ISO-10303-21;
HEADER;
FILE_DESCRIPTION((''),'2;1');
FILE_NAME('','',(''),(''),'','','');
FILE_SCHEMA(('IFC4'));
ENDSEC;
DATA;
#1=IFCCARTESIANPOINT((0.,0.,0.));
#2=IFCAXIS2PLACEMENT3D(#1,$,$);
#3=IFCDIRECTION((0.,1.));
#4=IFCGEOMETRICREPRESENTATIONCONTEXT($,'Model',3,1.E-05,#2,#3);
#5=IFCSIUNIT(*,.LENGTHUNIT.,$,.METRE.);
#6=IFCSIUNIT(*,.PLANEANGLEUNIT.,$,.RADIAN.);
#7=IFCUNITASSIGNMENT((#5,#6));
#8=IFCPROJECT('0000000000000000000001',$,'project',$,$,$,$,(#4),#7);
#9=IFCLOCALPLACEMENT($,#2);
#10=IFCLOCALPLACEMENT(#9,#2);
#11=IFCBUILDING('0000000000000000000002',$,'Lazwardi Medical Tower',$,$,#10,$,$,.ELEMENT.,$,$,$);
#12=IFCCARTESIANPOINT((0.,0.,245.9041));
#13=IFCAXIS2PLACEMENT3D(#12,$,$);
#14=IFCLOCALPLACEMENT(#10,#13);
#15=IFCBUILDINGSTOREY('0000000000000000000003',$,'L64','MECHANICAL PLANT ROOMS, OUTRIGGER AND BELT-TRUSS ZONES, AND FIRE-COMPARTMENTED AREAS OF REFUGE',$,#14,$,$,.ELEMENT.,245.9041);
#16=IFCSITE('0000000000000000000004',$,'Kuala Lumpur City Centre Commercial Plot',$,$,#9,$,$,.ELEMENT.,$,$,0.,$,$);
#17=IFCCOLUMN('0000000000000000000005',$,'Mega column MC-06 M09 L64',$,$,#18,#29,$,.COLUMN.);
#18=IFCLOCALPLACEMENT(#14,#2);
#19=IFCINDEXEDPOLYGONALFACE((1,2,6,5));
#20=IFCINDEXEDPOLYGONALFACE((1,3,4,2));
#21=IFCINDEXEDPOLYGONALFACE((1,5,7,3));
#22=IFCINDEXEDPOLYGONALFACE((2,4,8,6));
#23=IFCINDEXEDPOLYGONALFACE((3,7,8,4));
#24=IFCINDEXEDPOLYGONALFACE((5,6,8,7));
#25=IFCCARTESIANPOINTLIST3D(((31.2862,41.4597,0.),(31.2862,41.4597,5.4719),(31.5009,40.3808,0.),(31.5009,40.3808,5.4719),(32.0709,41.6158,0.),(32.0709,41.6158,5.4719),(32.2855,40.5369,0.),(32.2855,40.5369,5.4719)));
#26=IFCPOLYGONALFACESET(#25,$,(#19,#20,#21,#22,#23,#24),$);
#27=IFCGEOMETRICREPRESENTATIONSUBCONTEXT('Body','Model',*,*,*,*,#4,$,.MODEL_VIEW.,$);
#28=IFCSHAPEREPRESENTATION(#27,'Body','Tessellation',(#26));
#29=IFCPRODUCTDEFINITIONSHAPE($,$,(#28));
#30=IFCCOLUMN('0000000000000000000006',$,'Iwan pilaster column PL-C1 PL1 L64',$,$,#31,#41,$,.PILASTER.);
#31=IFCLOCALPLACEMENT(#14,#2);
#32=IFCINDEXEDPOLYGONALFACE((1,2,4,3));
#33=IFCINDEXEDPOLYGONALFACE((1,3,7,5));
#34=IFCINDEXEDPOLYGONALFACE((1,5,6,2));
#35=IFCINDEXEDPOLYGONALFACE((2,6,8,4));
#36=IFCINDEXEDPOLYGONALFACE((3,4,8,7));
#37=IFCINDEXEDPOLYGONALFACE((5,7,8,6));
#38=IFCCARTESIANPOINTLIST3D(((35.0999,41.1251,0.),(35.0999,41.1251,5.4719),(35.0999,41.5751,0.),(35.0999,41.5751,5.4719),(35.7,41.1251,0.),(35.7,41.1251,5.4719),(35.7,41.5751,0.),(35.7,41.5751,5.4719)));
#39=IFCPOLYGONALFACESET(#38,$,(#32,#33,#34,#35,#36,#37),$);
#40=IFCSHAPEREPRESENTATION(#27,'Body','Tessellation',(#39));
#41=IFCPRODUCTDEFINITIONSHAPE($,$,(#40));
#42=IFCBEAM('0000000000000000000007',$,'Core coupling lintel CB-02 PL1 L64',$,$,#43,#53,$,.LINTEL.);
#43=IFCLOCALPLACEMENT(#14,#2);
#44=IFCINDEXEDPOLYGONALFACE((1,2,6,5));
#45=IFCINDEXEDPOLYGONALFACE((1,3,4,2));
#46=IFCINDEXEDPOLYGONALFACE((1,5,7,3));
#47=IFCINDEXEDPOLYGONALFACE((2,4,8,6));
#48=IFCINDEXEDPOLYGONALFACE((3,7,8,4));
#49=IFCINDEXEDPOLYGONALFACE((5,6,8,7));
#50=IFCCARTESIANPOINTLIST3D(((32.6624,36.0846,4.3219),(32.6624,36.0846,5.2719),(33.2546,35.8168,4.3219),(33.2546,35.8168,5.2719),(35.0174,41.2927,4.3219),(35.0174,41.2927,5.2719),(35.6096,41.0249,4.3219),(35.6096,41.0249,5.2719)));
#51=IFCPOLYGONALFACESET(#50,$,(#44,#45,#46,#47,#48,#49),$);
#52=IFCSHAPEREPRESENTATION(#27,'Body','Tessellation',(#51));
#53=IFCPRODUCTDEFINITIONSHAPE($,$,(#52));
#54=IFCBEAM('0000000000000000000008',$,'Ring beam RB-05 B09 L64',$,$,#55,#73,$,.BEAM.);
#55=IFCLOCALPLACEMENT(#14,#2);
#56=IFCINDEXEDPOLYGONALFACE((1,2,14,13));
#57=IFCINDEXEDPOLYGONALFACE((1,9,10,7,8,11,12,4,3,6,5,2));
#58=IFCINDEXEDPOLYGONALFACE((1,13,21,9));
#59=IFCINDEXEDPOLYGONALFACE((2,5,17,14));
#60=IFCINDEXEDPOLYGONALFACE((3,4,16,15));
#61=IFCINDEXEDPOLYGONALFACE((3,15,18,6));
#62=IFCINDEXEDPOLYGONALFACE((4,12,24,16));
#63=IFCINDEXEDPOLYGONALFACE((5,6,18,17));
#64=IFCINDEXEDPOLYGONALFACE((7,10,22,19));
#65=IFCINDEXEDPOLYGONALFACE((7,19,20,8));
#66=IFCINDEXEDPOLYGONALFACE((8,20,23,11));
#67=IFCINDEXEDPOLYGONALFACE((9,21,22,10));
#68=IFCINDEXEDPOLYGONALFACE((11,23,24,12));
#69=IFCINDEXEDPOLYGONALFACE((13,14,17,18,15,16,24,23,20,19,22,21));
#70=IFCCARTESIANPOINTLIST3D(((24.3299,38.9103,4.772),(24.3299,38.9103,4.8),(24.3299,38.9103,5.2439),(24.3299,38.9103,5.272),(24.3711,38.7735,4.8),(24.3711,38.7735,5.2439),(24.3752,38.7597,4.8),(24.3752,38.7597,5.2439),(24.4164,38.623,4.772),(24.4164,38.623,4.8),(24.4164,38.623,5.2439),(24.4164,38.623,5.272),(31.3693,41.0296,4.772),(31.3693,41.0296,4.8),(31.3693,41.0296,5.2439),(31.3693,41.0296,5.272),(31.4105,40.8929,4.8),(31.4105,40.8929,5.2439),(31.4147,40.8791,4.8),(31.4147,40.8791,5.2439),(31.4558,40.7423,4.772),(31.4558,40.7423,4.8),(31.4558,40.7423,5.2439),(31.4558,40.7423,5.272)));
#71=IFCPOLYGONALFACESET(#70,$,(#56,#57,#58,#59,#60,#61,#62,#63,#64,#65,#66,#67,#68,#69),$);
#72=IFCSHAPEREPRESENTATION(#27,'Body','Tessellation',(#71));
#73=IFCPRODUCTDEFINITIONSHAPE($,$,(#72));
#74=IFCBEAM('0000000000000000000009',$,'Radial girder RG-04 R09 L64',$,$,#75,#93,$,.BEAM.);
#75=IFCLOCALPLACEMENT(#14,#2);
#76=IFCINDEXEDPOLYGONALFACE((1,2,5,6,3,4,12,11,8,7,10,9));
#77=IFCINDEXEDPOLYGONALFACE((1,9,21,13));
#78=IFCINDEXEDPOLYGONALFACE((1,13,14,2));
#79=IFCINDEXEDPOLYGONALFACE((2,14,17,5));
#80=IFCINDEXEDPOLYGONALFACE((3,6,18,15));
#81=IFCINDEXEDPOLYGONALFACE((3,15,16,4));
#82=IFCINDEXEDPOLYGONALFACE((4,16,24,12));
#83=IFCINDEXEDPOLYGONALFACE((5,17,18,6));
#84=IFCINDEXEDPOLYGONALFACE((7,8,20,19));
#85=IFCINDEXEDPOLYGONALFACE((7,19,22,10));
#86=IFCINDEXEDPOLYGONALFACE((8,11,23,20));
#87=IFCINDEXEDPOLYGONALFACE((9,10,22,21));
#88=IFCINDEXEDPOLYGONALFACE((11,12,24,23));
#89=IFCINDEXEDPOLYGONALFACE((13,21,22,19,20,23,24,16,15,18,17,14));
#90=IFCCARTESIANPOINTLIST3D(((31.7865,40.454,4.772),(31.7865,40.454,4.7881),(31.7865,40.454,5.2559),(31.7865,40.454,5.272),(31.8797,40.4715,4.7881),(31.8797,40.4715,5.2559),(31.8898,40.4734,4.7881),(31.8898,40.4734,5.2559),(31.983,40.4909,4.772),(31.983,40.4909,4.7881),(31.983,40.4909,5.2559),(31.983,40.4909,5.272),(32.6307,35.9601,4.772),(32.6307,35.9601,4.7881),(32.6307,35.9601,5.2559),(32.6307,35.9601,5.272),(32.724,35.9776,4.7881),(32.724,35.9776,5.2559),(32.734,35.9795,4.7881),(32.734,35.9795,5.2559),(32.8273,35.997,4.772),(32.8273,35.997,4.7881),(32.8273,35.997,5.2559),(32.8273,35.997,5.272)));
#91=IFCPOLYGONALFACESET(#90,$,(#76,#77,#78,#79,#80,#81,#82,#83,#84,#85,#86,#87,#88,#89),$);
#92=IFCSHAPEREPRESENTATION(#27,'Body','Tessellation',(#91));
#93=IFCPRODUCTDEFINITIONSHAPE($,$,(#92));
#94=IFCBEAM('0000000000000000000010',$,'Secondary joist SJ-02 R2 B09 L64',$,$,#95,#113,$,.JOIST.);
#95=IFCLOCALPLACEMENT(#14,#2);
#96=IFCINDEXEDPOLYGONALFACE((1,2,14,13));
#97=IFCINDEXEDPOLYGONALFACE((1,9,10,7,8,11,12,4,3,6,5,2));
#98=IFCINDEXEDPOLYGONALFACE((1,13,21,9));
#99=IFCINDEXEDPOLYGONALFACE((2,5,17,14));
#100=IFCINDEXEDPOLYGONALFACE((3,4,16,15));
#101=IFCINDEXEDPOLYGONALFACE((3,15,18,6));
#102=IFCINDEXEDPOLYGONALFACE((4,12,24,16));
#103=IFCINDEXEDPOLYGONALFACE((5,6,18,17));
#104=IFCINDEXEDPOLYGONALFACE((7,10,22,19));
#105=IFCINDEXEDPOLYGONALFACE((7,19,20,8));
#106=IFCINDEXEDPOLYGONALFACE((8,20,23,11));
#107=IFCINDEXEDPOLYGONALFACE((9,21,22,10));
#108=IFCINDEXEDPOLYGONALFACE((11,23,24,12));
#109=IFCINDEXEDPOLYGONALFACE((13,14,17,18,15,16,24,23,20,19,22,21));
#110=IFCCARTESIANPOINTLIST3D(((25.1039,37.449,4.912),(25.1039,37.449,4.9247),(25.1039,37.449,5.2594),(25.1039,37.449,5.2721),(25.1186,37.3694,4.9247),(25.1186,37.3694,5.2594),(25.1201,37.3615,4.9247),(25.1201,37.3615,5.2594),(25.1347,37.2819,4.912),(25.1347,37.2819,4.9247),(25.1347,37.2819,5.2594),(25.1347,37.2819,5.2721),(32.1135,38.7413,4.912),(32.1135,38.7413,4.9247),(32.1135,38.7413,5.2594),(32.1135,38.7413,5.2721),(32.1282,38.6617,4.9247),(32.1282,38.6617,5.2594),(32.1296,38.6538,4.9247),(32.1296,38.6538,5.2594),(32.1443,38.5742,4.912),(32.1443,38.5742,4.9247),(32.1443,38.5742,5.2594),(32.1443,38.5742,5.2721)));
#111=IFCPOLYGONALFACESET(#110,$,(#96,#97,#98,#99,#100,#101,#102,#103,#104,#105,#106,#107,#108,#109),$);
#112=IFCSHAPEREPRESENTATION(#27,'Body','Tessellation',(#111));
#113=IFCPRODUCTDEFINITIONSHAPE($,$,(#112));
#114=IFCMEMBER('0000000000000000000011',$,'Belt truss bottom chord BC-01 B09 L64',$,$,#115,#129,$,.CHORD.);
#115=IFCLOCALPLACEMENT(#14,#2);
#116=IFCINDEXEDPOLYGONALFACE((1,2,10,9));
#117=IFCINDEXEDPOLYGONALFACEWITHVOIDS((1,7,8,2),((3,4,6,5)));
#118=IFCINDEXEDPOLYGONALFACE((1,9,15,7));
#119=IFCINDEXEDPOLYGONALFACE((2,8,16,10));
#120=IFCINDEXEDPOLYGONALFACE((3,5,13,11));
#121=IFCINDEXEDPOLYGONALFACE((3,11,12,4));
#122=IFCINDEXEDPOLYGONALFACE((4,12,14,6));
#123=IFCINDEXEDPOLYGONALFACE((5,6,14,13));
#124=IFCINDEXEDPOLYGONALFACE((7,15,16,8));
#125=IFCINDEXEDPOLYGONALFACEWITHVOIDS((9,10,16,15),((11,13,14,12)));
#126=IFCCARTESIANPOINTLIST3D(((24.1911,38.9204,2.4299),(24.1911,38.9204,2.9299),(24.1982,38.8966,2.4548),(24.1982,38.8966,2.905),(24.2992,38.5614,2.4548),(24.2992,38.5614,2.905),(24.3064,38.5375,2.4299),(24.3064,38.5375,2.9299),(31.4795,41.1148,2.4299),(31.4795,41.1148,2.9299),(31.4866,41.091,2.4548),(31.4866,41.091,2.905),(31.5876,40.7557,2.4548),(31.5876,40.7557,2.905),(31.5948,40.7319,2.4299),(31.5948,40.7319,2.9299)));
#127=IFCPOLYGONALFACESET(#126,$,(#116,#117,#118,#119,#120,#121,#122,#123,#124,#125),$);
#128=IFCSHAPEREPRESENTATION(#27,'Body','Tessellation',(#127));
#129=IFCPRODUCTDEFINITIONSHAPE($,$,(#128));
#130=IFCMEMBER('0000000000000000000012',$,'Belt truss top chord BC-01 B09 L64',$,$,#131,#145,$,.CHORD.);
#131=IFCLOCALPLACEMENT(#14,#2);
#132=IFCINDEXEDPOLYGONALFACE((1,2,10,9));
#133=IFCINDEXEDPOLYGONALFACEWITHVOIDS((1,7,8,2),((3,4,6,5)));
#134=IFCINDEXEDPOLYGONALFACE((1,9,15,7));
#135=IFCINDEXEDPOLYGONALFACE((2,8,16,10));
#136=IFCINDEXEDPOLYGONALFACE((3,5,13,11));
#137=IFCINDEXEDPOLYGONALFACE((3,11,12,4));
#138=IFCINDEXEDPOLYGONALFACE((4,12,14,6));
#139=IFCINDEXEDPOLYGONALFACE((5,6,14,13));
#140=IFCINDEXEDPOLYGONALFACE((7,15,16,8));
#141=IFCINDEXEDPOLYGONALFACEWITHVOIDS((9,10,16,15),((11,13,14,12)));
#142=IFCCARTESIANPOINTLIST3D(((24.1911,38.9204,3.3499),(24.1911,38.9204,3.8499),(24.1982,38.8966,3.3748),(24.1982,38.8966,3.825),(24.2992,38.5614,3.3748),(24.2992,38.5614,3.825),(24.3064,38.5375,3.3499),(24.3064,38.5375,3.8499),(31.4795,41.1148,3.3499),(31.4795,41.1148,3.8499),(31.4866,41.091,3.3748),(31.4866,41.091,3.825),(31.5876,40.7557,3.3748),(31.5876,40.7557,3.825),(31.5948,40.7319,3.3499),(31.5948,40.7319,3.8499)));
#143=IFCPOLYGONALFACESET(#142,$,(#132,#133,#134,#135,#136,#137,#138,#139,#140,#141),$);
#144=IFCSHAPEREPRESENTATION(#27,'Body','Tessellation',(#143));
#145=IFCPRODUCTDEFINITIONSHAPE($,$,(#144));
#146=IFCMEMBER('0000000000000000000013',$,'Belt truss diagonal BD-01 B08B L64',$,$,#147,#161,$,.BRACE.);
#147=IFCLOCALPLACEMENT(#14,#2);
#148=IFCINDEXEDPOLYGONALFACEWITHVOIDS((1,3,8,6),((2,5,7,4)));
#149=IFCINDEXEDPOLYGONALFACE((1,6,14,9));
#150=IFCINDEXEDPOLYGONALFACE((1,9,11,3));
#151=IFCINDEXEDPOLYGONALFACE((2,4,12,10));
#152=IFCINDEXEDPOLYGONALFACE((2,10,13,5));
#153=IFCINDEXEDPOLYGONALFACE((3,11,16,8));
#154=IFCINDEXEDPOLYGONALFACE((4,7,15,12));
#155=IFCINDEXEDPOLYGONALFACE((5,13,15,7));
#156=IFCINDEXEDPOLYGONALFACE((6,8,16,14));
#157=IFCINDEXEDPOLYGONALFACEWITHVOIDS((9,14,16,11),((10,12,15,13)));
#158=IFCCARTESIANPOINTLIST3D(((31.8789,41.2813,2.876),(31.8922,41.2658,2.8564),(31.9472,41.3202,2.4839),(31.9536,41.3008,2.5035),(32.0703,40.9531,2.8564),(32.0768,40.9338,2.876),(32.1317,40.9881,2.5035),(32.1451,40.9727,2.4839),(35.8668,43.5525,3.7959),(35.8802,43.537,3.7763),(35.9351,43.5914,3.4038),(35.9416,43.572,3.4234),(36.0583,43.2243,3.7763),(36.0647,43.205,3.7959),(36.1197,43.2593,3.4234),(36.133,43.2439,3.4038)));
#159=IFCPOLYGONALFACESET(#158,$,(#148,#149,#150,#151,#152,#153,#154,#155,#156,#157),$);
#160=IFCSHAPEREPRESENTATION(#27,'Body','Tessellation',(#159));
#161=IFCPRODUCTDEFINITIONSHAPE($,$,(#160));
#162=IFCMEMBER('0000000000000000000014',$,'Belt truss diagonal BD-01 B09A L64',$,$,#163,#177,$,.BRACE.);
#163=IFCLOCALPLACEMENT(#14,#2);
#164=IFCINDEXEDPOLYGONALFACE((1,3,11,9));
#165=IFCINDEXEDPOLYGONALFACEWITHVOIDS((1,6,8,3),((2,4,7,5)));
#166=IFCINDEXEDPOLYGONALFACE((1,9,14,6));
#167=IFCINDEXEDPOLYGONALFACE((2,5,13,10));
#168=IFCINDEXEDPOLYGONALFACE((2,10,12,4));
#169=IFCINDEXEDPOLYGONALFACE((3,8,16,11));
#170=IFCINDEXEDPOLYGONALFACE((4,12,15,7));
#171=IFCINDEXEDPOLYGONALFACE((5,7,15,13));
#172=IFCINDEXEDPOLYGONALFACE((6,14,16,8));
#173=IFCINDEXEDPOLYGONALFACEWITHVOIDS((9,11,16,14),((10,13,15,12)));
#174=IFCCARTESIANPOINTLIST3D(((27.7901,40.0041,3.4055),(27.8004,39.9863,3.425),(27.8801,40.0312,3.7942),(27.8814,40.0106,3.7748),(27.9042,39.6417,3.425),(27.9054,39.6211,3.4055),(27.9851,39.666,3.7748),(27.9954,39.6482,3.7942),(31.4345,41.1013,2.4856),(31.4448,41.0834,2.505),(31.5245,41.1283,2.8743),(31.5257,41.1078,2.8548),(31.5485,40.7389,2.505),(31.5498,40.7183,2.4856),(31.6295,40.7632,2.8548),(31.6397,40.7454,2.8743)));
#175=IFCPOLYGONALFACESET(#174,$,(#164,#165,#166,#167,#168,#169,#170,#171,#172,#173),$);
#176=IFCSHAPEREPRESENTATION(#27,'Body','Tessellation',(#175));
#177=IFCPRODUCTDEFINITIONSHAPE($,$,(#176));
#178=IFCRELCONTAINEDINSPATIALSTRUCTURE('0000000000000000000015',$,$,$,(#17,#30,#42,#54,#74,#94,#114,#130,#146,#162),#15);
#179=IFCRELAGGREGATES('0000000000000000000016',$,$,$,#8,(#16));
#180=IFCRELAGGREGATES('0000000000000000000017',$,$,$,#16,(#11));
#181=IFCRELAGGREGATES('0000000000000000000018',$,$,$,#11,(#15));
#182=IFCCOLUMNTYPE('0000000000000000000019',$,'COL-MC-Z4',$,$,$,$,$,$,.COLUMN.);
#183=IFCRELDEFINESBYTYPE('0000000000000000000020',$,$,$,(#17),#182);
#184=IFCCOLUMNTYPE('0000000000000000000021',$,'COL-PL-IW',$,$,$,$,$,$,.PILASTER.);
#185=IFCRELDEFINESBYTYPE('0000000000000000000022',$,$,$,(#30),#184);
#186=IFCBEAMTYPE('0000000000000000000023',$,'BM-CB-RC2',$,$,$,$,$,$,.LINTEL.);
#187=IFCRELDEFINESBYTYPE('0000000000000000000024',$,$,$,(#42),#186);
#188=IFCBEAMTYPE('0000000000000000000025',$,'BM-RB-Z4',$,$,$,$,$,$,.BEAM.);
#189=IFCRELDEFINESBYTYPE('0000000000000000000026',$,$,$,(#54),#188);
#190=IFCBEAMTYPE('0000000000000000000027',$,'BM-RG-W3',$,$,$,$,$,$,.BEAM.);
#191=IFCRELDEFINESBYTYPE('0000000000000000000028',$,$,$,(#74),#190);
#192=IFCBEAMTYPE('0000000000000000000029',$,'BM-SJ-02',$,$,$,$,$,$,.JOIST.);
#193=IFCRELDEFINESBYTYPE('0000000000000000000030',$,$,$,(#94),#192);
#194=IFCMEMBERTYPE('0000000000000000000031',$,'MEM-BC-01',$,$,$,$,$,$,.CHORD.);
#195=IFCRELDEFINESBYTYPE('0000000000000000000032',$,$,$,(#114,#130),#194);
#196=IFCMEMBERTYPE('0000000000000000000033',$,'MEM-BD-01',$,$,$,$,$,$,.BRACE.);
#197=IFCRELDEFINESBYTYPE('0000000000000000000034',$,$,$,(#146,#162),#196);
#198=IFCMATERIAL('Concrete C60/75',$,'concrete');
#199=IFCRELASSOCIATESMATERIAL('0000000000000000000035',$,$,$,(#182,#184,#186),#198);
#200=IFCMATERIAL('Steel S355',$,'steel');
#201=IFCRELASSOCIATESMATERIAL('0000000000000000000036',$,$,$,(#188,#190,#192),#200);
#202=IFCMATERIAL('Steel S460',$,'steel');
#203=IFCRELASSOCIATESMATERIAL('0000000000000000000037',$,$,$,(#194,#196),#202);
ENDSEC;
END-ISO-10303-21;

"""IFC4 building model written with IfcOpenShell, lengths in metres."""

from ifc_helpers import new_model, si_unit, direction, frame, origin, origin_2d, place, context, subcontext, project, spatial, rectangle, hollow_rectangle, i_section, extrude, material, material_profile, profile_set, type_object, element, save


model = new_model("IFC4")

# Units and contexts
model_context = context("Model", 3, precision=1e-05, world=origin(), true_north=direction((0.0, 1.0)))
body_context = subcontext(model_context, "Body", "Model", "MODEL_VIEW")
ifc_project = project(units=[si_unit("LENGTHUNIT", "METRE"), si_unit("PLANEANGLEUNIT", "RADIAN")], contexts=[model_context])

# Site, building, storey
site_placement = place(None, origin())
site = spatial("IfcSite", under=ifc_project, at=site_placement, Name="Kuala Lumpur City Centre Commercial Plot", CompositionType="ELEMENT", RefElevation=0.0)
building_placement = place(site_placement, origin())
building = spatial("IfcBuilding", under=site, at=building_placement, Name="Lazwardi Medical Tower", CompositionType="ELEMENT")
storey_placement = place(building_placement, frame((0.0, 0.0, 245.9041)))
storey = spatial("IfcBuildingStorey", under=building, at=storey_placement, Name="L64", Description="MECHANICAL PLANT ROOMS, OUTRIGGER AND BELT-TRUSS ZONES, AND FIRE-COMPARTMENTED AREAS OF REFUGE", CompositionType="ELEMENT", Elevation=245.9041)

# Columns
ifc_material_1 = material(Name="Concrete C60/75", Category="concrete")
ifc_material_profile_1 = material_profile(ifc_material_1, rectangle(XDim=1.1001, YDim=0.8, at=origin_2d()), Name="CFT-RECT 1100x800")
ifc_profile_set_1 = profile_set([ifc_material_profile_1], Name="Concrete C60/75")
column_type_1 = type_object("IfcColumnType", Name="COL-MC-Z4", PredefinedType="COLUMN", material=ifc_profile_set_1)
column_1_placement = place(storey_placement, frame((31.7859, 40.9983, 0.0), z_axis=(0.0, 0.0, 1.0), x_axis=(-0.19509, 0.980785, 0.0)))
element("IfcColumn", 1, at=column_1_placement, inside=storey, type_object=column_type_1, Name="Mega column MC-06 M09 L64", PredefinedType="COLUMN", context=body_context, shape_type="SweptSolid", body=[
    extrude(rectangle(XDim=1.1001, YDim=0.8, at=origin_2d()), origin(), (0.0, 0.0, 1.0), 5.4719),
])
ifc_material_profile_2 = material_profile(ifc_material_1, rectangle(XDim=0.6001, YDim=0.45, at=origin_2d()), Name="RC 600x450")
ifc_profile_set_2 = profile_set([ifc_material_profile_2], Name="Concrete C60/75")
column_type_2 = type_object("IfcColumnType", Name="COL-PL-IW", PredefinedType="PILASTER", material=ifc_profile_set_2)
column_2_placement = place(storey_placement, frame((35.3999, 41.3501, 0.0), z_axis=(0.0, 0.0, 1.0), x_axis=(1.0, 0.0, 0.0)))
element("IfcColumn", 2, at=column_2_placement, inside=storey, type_object=column_type_2, Name="Iwan pilaster column PL-C1 PL1 L64", PredefinedType="PILASTER", context=body_context, shape_type="SweptSolid", body=[
    extrude(rectangle(XDim=0.6001, YDim=0.45, at=origin_2d()), origin(), (0.0, 0.0, 1.0), 5.4719),
])

# Beams
ifc_material_profile_3 = material_profile(ifc_material_1, rectangle(XDim=0.6499, YDim=0.95, at=origin_2d()), Name="RC 650x950")
ifc_profile_set_3 = profile_set([ifc_material_profile_3], Name="Concrete C60/75")
beam_type_1 = type_object("IfcBeamType", Name="BM-CB-RC2", PredefinedType="LINTEL", material=ifc_profile_set_3)
beam_1_placement = place(storey_placement, frame((32.9585, 35.9507, 4.7969), z_axis=(0.412019, 0.911175, 0.0), x_axis=(-0.911175, 0.412019, 0.0)))
element("IfcBeam", 3, at=beam_1_placement, inside=storey, type_object=beam_type_1, Name="Core coupling lintel CB-02 PL1 L64", PredefinedType="LINTEL", context=body_context, shape_type="SweptSolid", body=[
    extrude(rectangle(XDim=0.6499, YDim=0.95, at=origin_2d()), origin(), (0.0, 0.0, 1.0), 5.7158),
])
ifc_material_2 = material(Name="Steel S355", Category="steel")
ifc_material_profile_4 = material_profile(ifc_material_2, i_section(OverallWidth=0.3, OverallDepth=0.5, WebThickness=0.0144, FlangeThickness=0.0281, at=origin_2d()), Name="HEB 500")
ifc_profile_set_4 = profile_set([ifc_material_profile_4], Name="Steel S355")
beam_type_2 = type_object("IfcBeamType", Name="BM-RB-Z4", PredefinedType="BEAM", material=ifc_profile_set_4)
beam_2_placement = place(storey_placement, frame((31.4126, 40.886, 5.022), z_axis=(-0.957544, -0.288286, 0.0), x_axis=(0.288286, -0.957544, 0.0)))
element("IfcBeam", 4, at=beam_2_placement, inside=storey, type_object=beam_type_2, Name="Ring beam RB-05 B09 L64", PredefinedType="BEAM", context=body_context, shape_type="SweptSolid", body=[
    extrude(i_section(OverallWidth=0.3, OverallDepth=0.5, WebThickness=0.0144, FlangeThickness=0.0281, at=origin_2d()), origin(), (0.0, 0.0, 1.0), 7.3516),
])
ifc_material_profile_5 = material_profile(ifc_material_2, i_section(OverallWidth=0.2, OverallDepth=0.5, WebThickness=0.0103, FlangeThickness=0.0161, at=origin_2d()), Name="IPE 500")
ifc_profile_set_5 = profile_set([ifc_material_profile_5], Name="Steel S355")
beam_type_3 = type_object("IfcBeamType", Name="BM-RG-W3", PredefinedType="BEAM", material=ifc_profile_set_5)
beam_3_placement = place(storey_placement, frame((31.8848, 40.4724, 5.022), z_axis=(0.184633, -0.982807, 0.0), x_axis=(0.982807, 0.184633, 0.0)))
element("IfcBeam", 5, at=beam_3_placement, inside=storey, type_object=beam_type_3, Name="Radial girder RG-04 R09 L64", PredefinedType="BEAM", context=body_context, shape_type="SweptSolid", body=[
    extrude(i_section(OverallWidth=0.2, OverallDepth=0.5, WebThickness=0.0103, FlangeThickness=0.0161, at=origin_2d()), origin(), (0.0, 0.0, 1.0), 4.5725),
])
ifc_material_profile_6 = material_profile(ifc_material_2, i_section(OverallWidth=0.1699, OverallDepth=0.3601, WebThickness=0.0081, FlangeThickness=0.0127, at=origin_2d()), Name="IPE 360")
ifc_profile_set_6 = profile_set([ifc_material_profile_6], Name="Steel S355")
beam_type_4 = type_object("IfcBeamType", Name="BM-SJ-02", PredefinedType="JOIST", material=ifc_profile_set_6)
beam_4_placement = place(storey_placement, frame((32.1289, 38.6577, 5.092), z_axis=(-0.983428, -0.181299, 0.0), x_axis=(0.181299, -0.983428, 0.0)))
element("IfcBeam", 6, at=beam_4_placement, inside=storey, type_object=beam_type_4, Name="Secondary joist SJ-02 R2 B09 L64", PredefinedType="JOIST", context=body_context, shape_type="SweptSolid", body=[
    extrude(i_section(OverallWidth=0.1699, OverallDepth=0.3601, WebThickness=0.0081, FlangeThickness=0.0127, at=origin_2d()), origin(), (0.0, 0.0, 1.0), 7.1277),
])

# Members
ifc_material_3 = material(Name="Steel S460", Category="steel")
ifc_material_profile_7 = material_profile(ifc_material_3, hollow_rectangle(XDim=0.3999, YDim=0.5, WallThickness=0.0249, at=origin_2d()), Name="RHS 500x400x25")
ifc_profile_set_7 = profile_set([ifc_material_profile_7], Name="Steel S460")
member_type_1 = type_object("IfcMemberType", Name="MEM-BC-01", PredefinedType="CHORD", material=ifc_profile_set_7)
for number, where, z_axis, x_axis, name in (
    (7, (31.5371, 40.9233, 2.6799), (-0.957542, -0.288292, 0.0), (0.288292, -0.957542, 0.0), "Belt truss bottom chord BC-01 B09 L64"),
    (8, (31.5371, 40.9233, 3.5999), (-0.957542, -0.288292, 0.0), (0.288292, -0.957542, 0.0), "Belt truss top chord BC-01 B09 L64"),
):
    element("IfcMember", number, at=place(storey_placement, frame(where, z_axis=z_axis, x_axis=x_axis)), inside=storey, type_object=member_type_1, Name=name, PredefinedType="CHORD", context=body_context, shape_type="SweptSolid", body=[
        extrude(hollow_rectangle(XDim=0.3999, YDim=0.5, WallThickness=0.0249, at=origin_2d()), origin(), (0.0, 0.0, 1.0), 7.6116),
    ])
ifc_material_profile_8 = material_profile(ifc_material_3, hollow_rectangle(XDim=0.3999, YDim=0.3999, WallThickness=0.02, at=origin_2d()), Name="RHS 400x400x20")
ifc_profile_set_8 = profile_set([ifc_material_profile_8], Name="Steel S460")
member_type_2 = type_object("IfcMemberType", Name="MEM-BD-01", PredefinedType="BRACE", material=ifc_profile_set_8)
member_1_placement = place(storey_placement, frame((32.012, 41.127, 2.6799), z_axis=(0.852012, 0.485232, 0.196534), x_axis=(-0.494884, 0.868959, 0.0)))
element("IfcMember", 9, at=member_1_placement, inside=storey, type_object=member_type_2, Name="Belt truss diagonal BD-01 B08B L64", PredefinedType="BRACE", context=body_context, shape_type="SweptSolid", body=[
    extrude(hollow_rectangle(XDim=0.3999, YDim=0.3999, WallThickness=0.02, at=origin_2d()), origin(), (0.0, 0.0, 1.0), 4.6807),
])
member_2_placement = place(storey_placement, frame((31.5371, 40.9233, 2.6799), z_axis=(-0.930742, -0.280214, 0.234946), x_axis=(0.288283, -0.957545, 0.0)))
element("IfcMember", 10, at=member_2_placement, inside=storey, type_object=member_type_2, Name="Belt truss diagonal BD-01 B09A L64", PredefinedType="BRACE", context=body_context, shape_type="SweptSolid", body=[
    extrude(hollow_rectangle(XDim=0.3999, YDim=0.3999, WallThickness=0.02, at=origin_2d()), origin(), (0.0, 0.0, 1.0), 3.9155),
])

save(model, "model.ifc")
